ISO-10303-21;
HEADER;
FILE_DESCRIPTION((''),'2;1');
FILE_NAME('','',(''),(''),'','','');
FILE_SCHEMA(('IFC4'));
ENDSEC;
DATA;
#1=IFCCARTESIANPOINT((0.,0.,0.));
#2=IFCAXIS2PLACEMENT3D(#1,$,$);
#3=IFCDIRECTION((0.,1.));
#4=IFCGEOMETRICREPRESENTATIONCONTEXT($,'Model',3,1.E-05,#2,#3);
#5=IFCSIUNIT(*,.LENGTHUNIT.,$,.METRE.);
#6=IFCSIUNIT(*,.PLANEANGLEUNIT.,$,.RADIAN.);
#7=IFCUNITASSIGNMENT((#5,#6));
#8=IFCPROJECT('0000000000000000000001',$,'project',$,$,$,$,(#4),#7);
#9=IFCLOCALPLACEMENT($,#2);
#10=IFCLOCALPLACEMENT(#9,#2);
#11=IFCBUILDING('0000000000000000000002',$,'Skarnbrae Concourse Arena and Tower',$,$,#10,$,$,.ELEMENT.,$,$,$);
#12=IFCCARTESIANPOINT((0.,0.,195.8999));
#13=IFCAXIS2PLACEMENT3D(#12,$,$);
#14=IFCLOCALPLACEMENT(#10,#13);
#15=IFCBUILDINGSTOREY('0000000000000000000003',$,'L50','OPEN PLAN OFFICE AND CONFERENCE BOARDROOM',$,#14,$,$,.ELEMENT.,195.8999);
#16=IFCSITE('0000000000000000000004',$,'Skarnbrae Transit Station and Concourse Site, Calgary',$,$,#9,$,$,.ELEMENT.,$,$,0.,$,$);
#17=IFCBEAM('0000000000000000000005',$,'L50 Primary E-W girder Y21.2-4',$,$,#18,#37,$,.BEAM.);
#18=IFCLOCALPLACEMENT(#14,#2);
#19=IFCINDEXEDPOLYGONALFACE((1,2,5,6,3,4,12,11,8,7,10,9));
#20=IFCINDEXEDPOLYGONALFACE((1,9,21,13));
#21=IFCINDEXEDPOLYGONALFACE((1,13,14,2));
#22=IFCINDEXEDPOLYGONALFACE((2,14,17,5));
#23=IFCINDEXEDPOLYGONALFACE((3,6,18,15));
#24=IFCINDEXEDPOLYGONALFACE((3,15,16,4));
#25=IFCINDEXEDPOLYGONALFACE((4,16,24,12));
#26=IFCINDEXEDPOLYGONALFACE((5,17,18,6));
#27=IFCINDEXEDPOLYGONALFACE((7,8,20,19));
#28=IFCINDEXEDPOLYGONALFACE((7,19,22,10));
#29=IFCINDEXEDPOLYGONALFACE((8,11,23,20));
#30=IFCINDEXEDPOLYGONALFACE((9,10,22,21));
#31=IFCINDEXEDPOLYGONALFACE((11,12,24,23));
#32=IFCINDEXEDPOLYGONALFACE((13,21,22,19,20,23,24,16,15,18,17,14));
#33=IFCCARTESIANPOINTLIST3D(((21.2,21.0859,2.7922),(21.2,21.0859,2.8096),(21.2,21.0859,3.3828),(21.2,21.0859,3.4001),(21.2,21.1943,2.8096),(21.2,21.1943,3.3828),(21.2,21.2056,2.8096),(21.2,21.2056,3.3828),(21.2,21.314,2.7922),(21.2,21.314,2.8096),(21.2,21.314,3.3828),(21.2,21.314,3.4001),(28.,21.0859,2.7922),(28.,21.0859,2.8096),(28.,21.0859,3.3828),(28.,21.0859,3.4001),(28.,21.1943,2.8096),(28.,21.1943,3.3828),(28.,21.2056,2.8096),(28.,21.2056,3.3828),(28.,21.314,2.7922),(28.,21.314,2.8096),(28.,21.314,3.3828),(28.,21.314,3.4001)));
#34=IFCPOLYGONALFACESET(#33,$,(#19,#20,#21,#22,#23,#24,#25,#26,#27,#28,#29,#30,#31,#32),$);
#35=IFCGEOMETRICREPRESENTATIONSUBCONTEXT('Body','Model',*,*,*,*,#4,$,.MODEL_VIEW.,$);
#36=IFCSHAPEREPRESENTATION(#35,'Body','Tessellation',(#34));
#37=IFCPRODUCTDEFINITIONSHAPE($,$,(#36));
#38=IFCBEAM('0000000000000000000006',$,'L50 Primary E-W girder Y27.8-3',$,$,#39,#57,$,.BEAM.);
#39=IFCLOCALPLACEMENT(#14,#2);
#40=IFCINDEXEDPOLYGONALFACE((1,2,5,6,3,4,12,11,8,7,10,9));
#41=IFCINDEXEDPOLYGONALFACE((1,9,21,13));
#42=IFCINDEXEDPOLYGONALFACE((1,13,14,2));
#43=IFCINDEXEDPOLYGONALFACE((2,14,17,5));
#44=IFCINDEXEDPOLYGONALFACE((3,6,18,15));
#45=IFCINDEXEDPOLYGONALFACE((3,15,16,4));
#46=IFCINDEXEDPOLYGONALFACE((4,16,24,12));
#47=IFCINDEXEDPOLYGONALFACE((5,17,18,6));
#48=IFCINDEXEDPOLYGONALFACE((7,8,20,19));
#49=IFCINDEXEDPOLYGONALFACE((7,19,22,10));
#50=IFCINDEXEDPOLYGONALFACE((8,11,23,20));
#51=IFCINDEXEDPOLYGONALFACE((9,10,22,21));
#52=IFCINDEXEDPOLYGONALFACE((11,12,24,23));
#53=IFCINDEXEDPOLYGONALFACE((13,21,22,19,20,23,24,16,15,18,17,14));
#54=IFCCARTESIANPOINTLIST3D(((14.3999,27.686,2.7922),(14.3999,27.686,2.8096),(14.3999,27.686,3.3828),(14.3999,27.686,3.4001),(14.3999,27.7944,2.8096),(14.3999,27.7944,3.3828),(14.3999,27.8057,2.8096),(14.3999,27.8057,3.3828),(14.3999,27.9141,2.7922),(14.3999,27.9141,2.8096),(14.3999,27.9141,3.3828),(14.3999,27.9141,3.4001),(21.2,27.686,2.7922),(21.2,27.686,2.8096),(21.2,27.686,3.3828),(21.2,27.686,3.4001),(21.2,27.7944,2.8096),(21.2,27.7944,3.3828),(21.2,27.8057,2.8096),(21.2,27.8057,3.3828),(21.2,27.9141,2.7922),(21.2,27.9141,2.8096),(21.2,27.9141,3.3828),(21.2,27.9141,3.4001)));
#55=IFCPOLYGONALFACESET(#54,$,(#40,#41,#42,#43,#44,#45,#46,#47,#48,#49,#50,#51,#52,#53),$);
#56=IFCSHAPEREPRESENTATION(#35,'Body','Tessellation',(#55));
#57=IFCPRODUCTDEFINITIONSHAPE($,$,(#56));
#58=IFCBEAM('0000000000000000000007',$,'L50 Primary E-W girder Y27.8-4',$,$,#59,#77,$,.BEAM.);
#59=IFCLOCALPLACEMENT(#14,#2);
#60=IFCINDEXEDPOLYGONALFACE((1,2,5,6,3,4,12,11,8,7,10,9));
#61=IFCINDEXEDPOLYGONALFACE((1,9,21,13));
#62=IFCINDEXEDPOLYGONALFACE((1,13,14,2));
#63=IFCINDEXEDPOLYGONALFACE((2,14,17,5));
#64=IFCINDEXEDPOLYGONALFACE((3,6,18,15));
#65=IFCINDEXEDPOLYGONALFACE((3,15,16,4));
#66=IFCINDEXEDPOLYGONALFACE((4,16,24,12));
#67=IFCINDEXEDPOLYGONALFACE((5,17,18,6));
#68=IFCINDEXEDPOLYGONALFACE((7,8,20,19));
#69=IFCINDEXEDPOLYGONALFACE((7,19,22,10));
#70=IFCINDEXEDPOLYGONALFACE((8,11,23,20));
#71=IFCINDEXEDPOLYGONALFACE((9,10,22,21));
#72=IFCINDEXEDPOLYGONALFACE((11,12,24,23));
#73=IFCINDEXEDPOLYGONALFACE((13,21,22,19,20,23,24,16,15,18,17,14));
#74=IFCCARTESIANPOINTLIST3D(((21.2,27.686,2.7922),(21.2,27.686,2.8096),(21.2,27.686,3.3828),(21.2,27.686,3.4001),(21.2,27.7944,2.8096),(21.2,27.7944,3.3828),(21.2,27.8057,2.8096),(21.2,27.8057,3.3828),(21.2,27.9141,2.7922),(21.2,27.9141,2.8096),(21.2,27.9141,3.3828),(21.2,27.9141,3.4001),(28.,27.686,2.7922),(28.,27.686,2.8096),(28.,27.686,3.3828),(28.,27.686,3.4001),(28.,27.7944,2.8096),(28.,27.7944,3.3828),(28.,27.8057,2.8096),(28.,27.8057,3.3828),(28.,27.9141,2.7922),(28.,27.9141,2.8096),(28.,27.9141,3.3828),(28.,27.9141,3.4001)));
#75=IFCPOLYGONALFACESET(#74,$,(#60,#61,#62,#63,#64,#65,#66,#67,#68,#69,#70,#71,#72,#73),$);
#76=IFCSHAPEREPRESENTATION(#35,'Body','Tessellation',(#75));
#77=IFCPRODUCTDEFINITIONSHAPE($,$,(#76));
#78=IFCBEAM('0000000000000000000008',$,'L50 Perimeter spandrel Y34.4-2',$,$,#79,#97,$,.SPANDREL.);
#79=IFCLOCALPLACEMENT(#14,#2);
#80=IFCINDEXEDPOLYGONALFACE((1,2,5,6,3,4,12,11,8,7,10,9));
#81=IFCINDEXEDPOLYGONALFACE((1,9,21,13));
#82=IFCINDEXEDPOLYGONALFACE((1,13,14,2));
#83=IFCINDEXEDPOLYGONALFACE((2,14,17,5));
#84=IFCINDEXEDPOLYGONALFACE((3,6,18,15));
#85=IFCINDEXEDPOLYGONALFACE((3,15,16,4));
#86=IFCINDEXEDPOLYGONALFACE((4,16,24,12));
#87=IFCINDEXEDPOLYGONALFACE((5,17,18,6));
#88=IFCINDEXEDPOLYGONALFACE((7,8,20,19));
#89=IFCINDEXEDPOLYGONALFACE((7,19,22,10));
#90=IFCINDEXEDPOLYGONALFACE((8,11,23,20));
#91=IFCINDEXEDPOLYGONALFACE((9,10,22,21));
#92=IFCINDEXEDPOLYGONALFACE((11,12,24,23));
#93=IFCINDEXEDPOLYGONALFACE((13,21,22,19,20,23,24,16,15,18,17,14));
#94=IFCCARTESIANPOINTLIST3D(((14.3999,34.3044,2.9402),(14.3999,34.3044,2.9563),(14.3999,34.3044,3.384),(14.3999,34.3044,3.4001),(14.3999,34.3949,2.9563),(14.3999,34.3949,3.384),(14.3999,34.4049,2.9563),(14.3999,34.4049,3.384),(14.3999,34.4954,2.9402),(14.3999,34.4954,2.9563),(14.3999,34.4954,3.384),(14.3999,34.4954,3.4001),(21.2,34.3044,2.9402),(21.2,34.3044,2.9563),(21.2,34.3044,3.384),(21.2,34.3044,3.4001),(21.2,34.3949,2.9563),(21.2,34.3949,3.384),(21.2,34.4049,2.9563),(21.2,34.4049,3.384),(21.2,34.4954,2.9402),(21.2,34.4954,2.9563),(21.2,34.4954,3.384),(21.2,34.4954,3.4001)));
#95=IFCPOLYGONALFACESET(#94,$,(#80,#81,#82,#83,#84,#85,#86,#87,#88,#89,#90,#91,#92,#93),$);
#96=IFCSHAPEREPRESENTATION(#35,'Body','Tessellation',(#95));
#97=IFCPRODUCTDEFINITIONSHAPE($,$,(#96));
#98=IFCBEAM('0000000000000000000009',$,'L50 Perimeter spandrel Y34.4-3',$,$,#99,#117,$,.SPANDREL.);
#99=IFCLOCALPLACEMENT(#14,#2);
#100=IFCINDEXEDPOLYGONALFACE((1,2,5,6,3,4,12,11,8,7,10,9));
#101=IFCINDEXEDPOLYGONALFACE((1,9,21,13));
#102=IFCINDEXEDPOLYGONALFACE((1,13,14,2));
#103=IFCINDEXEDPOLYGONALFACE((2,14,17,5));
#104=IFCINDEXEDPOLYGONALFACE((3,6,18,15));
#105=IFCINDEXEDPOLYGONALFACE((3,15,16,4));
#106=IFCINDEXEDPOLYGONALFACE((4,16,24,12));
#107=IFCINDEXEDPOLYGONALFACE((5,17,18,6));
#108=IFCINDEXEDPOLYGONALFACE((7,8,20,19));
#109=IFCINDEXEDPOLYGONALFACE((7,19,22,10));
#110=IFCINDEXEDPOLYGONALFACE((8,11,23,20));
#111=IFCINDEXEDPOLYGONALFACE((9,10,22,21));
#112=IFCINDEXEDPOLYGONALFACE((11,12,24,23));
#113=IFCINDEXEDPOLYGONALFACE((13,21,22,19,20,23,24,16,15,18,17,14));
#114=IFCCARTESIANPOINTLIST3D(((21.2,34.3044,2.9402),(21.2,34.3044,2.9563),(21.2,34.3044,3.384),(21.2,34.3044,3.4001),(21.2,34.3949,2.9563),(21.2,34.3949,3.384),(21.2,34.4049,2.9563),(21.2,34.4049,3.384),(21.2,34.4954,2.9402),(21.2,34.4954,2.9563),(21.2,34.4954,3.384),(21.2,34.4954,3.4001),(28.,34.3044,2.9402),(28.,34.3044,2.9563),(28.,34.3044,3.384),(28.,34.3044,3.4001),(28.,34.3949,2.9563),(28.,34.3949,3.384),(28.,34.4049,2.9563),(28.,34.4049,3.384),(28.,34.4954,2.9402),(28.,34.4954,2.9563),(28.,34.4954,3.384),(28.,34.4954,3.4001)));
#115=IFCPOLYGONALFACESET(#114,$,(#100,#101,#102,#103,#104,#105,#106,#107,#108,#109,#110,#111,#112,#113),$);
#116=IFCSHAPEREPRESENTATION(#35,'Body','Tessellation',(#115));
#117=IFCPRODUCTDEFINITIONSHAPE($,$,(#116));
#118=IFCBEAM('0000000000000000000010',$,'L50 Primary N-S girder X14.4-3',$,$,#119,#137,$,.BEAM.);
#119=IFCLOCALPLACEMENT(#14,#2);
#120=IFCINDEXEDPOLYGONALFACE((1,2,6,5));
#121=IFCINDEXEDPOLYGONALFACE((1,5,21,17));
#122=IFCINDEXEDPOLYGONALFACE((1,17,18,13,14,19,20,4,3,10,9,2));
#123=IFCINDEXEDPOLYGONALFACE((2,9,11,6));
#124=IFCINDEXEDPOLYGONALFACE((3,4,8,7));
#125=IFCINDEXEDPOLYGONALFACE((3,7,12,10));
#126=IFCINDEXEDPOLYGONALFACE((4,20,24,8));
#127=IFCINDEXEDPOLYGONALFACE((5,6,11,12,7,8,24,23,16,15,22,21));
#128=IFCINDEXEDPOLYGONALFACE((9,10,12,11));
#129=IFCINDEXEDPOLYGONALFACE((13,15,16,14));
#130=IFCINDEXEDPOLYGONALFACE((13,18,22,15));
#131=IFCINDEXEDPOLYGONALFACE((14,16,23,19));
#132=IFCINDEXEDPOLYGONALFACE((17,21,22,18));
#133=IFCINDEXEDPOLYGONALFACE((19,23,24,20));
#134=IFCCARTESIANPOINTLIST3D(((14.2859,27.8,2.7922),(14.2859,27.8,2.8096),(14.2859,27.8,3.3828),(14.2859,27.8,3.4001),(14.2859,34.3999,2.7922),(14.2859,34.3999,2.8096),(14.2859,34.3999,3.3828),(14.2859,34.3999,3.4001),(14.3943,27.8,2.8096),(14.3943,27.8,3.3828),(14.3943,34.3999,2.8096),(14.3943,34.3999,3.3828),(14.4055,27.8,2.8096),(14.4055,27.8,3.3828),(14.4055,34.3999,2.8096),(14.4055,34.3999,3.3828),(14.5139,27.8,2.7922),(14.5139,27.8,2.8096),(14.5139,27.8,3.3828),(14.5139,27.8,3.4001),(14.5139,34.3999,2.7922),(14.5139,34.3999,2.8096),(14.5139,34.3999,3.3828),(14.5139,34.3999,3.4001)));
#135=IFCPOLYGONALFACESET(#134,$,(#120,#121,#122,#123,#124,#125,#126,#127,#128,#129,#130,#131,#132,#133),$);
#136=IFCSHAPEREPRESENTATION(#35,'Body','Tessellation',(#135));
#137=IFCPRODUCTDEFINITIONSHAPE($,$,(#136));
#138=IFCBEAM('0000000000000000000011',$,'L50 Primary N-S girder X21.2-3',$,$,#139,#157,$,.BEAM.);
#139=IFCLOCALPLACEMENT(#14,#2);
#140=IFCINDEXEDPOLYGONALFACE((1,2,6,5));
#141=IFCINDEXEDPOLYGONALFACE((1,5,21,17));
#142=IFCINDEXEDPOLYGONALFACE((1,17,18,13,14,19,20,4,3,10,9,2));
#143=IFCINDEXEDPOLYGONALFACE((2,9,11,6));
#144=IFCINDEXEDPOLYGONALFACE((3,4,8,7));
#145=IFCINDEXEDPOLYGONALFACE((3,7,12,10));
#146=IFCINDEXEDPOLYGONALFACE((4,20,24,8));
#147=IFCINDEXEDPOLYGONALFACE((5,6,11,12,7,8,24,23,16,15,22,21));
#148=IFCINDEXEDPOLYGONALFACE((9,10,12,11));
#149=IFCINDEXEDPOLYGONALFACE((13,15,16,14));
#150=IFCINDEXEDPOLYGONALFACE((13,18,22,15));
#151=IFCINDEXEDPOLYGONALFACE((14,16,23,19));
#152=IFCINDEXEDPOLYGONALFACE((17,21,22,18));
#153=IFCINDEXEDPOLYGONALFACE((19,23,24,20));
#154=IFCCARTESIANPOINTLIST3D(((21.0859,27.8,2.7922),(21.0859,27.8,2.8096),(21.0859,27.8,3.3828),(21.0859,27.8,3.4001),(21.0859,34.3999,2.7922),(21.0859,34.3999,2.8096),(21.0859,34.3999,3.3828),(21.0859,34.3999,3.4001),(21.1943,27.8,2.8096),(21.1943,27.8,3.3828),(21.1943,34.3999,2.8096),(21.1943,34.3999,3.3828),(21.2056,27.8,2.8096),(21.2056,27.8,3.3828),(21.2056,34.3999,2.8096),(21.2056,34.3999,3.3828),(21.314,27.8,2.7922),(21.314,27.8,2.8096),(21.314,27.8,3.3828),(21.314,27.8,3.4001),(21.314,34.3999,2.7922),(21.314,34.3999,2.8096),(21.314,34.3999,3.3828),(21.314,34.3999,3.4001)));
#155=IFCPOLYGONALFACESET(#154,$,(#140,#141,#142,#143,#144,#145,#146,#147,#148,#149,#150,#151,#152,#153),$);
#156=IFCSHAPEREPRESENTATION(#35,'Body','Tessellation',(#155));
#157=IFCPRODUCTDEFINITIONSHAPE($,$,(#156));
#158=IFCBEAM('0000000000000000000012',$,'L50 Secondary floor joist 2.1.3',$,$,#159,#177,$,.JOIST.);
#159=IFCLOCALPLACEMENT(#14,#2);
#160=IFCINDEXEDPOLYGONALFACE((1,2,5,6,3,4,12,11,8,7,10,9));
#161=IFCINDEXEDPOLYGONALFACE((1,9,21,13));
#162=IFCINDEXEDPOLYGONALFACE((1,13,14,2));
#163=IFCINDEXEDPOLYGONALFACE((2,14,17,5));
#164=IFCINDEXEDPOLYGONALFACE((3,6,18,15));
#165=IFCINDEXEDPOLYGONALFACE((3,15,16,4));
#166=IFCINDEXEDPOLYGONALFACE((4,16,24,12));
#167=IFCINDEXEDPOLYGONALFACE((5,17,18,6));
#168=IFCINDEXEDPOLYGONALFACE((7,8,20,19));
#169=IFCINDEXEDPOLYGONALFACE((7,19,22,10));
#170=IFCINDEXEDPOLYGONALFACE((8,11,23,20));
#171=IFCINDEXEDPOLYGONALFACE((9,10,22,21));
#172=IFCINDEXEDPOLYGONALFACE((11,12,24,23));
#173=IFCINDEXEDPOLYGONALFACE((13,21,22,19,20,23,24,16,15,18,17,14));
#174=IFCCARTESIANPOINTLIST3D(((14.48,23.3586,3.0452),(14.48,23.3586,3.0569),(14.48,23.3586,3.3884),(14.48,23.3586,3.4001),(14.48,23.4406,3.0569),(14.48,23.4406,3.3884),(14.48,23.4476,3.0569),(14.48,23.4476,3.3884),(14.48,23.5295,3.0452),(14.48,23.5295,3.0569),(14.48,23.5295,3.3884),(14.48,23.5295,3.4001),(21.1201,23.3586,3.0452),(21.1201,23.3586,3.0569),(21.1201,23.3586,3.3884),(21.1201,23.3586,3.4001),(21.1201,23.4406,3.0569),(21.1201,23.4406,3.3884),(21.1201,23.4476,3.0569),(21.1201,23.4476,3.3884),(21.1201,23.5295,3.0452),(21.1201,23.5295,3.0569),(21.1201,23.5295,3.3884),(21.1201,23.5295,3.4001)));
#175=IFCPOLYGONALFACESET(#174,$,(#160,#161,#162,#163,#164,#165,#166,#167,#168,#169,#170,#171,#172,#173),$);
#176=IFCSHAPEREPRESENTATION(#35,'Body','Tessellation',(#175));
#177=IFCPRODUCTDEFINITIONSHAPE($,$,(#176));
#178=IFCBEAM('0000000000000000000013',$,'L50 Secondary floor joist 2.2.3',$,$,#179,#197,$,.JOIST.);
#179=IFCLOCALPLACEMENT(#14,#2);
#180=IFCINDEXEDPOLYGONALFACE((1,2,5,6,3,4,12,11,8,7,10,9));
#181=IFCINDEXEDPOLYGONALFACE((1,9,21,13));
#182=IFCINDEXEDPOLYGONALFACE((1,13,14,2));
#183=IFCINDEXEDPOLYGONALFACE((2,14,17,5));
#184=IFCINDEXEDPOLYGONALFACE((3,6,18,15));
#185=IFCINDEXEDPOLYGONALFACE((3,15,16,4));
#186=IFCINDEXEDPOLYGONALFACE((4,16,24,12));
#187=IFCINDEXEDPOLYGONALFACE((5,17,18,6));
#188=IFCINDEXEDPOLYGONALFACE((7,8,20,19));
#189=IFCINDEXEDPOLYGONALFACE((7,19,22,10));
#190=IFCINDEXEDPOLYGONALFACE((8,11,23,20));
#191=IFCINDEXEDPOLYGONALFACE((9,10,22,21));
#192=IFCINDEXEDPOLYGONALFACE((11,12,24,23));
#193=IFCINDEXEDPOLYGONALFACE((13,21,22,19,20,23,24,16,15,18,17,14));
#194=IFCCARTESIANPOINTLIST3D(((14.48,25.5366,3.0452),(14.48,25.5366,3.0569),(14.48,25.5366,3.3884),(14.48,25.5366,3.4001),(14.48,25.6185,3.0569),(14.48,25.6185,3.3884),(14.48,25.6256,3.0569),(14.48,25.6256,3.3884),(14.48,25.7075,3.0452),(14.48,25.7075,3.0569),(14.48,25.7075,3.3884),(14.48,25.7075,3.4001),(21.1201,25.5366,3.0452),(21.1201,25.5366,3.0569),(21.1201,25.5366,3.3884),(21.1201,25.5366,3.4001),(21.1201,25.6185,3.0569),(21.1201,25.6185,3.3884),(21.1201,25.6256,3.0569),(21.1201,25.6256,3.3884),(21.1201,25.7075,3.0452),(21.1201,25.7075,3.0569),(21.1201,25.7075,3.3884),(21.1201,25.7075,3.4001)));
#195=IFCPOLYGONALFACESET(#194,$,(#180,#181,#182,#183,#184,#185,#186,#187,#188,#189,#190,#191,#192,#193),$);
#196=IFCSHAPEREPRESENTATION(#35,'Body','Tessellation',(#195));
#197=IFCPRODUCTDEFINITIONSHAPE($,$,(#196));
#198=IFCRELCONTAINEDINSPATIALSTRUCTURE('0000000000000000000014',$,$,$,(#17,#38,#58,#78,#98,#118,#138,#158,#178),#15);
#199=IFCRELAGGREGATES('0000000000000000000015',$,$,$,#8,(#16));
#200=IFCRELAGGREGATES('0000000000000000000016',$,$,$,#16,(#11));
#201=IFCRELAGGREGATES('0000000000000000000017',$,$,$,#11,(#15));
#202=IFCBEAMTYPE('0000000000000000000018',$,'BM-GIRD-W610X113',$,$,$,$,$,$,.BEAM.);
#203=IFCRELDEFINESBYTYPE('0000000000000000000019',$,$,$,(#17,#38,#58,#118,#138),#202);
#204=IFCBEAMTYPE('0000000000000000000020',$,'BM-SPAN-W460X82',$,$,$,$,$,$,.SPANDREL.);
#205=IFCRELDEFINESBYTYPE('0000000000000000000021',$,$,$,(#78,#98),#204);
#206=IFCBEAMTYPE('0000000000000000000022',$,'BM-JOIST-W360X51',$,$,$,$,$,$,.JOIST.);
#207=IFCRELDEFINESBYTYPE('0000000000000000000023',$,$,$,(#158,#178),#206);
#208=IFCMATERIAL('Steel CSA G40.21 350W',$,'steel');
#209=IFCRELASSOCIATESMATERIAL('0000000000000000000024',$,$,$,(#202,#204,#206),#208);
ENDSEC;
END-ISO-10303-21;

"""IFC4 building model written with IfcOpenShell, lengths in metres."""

from ifc_helpers import new_model, si_unit, direction, frame, origin, origin_2d, place, context, subcontext, project, spatial, i_section, extrude, source, transform, mapped, material, material_profile, profile_set, type_object, element, save


model = new_model("IFC4")

# Units and contexts
model_context = context("Model", 3, precision=1e-05, world=origin(), true_north=direction((0.0, 1.0)))
body_context = subcontext(model_context, "Body", "Model", "MODEL_VIEW")
ifc_project = project(units=[si_unit("LENGTHUNIT", "METRE"), si_unit("PLANEANGLEUNIT", "RADIAN")], contexts=[model_context])

# Site, building, storey
site_placement = place(None, origin())
site = spatial("IfcSite", under=ifc_project, at=site_placement, Name="Skarnbrae Transit Station and Concourse Site, Calgary", CompositionType="ELEMENT", RefElevation=0.0)
building_placement = place(site_placement, origin())
building = spatial("IfcBuilding", under=site, at=building_placement, Name="Skarnbrae Concourse Arena and Tower", CompositionType="ELEMENT")
storey_placement = place(building_placement, frame((0.0, 0.0, 195.8999)))
storey = spatial("IfcBuildingStorey", under=building, at=storey_placement, Name="L50", Description="OPEN PLAN OFFICE AND CONFERENCE BOARDROOM", CompositionType="ELEMENT", Elevation=195.8999)

# Shared definitions
ifc_material_1 = material(Name="Steel CSA G40.21 350W", Category="steel")

# Beams
ifc_material_profile_1 = material_profile(ifc_material_1, i_section(OverallWidth=0.228, OverallDepth=0.6079, WebThickness=0.0112, FlangeThickness=0.0173, at=origin_2d()), Name="W610X113")
ifc_profile_set_1 = profile_set([ifc_material_profile_1], Name="Steel CSA G40.21 350W")
beam_type_1 = type_object("IfcBeamType", Name="BM-GIRD-W610X113", PredefinedType="BEAM", material=ifc_profile_set_1)
shared_shape_1 = source(origin(), body_context, "Body", "SweptSolid", [
    extrude(i_section(OverallWidth=0.228, OverallDepth=0.6079, WebThickness=0.0112, FlangeThickness=0.0173, at=origin_2d()), origin(), (0.0, 0.0, 1.0), 6.8),
])
for number, where, z_axis, x_axis, name in (
    (1, (21.2, 21.2, 3.0962), (1.0, 0.0, 0.0), (0.0, 1.0, 0.0), "L50 Primary E-W girder Y21.2-4"),
    (2, (14.3999, 27.8, 3.0962), (1.0, 0.0, 0.0), (0.0, 1.0, 0.0), "L50 Primary E-W girder Y27.8-3"),
    (3, (21.2, 27.8, 3.0962), (1.0, 0.0, 0.0), (0.0, 1.0, 0.0), "L50 Primary E-W girder Y27.8-4"),
):
    element("IfcBeam", number, at=place(storey_placement, frame(where, z_axis=z_axis, x_axis=x_axis)), inside=storey, type_object=beam_type_1, Name=name, PredefinedType="BEAM", context=body_context, shape_type="MappedRepresentation", body=[
        mapped(shared_shape_1, transform((0.0, 0.0, 0.0))),
    ])
ifc_material_profile_2 = material_profile(ifc_material_1, i_section(OverallWidth=0.1909, OverallDepth=0.46, WebThickness=0.01, FlangeThickness=0.0161, at=origin_2d()), Name="W460X82")
ifc_profile_set_2 = profile_set([ifc_material_profile_2], Name="Steel CSA G40.21 350W")
beam_type_2 = type_object("IfcBeamType", Name="BM-SPAN-W460X82", PredefinedType="SPANDREL", material=ifc_profile_set_2)
shared_shape_2 = source(origin(), body_context, "Body", "SweptSolid", [
    extrude(i_section(OverallWidth=0.1909, OverallDepth=0.46, WebThickness=0.01, FlangeThickness=0.0161, at=origin_2d()), origin(), (0.0, 0.0, 1.0), 6.8),
])
for number, where, z_axis, x_axis, name in (
    (4, (14.3999, 34.3999, 3.1702), (1.0, 0.0, 0.0), (0.0, 1.0, 0.0), "L50 Perimeter spandrel Y34.4-2"),
    (5, (21.2, 34.3999, 3.1702), (1.0, 0.0, 0.0), (0.0, 1.0, 0.0), "L50 Perimeter spandrel Y34.4-3"),
):
    element("IfcBeam", number, at=place(storey_placement, frame(where, z_axis=z_axis, x_axis=x_axis)), inside=storey, type_object=beam_type_2, Name=name, PredefinedType="SPANDREL", context=body_context, shape_type="MappedRepresentation", body=[
        mapped(shared_shape_2, transform((0.0, 0.0, 0.0))),
    ])
shared_shape_3 = source(origin(), body_context, "Body", "SweptSolid", [
    extrude(i_section(OverallWidth=0.228, OverallDepth=0.6079, WebThickness=0.0112, FlangeThickness=0.0173, at=origin_2d()), origin(), (0.0, 0.0, 1.0), 6.5999),
])
for number, where, z_axis, x_axis, name in (
    (6, (14.3999, 27.8, 3.0962), (0.0, 1.0, 0.0), (-1.0, 0.0, 0.0), "L50 Primary N-S girder X14.4-3"),
    (7, (21.2, 27.8, 3.0962), (0.0, 1.0, 0.0), (-1.0, 0.0, 0.0), "L50 Primary N-S girder X21.2-3"),
):
    element("IfcBeam", number, at=place(storey_placement, frame(where, z_axis=z_axis, x_axis=x_axis)), inside=storey, type_object=beam_type_1, Name=name, PredefinedType="BEAM", context=body_context, shape_type="MappedRepresentation", body=[
        mapped(shared_shape_3, transform((0.0, 0.0, 0.0))),
    ])
ifc_material_profile_3 = material_profile(ifc_material_1, i_section(OverallWidth=0.1709, OverallDepth=0.355, WebThickness=0.0071, FlangeThickness=0.0117, at=origin_2d()), Name="W360X51")
ifc_profile_set_3 = profile_set([ifc_material_profile_3], Name="Steel CSA G40.21 350W")
beam_type_3 = type_object("IfcBeamType", Name="BM-JOIST-W360X51", PredefinedType="JOIST", material=ifc_profile_set_3)
shared_shape_4 = source(origin(), body_context, "Body", "SweptSolid", [
    extrude(i_section(OverallWidth=0.1709, OverallDepth=0.355, WebThickness=0.0071, FlangeThickness=0.0117, at=origin_2d()), origin(), (0.0, 0.0, 1.0), 6.6401),
])
for number, where, z_axis, x_axis, name in (
    (8, (14.48, 23.4441, 3.2227), (1.0, 0.0, 0.0), (0.0, 1.0, 0.0), "L50 Secondary floor joist 2.1.3"),
    (9, (14.48, 25.6221, 3.2227), (1.0, 0.0, 0.0), (0.0, 1.0, 0.0), "L50 Secondary floor joist 2.2.3"),
):
    element("IfcBeam", number, at=place(storey_placement, frame(where, z_axis=z_axis, x_axis=x_axis)), inside=storey, type_object=beam_type_3, Name=name, PredefinedType="JOIST", context=body_context, shape_type="MappedRepresentation", body=[
        mapped(shared_shape_4, transform((0.0, 0.0, 0.0))),
    ])

save(model, "model.ifc")
